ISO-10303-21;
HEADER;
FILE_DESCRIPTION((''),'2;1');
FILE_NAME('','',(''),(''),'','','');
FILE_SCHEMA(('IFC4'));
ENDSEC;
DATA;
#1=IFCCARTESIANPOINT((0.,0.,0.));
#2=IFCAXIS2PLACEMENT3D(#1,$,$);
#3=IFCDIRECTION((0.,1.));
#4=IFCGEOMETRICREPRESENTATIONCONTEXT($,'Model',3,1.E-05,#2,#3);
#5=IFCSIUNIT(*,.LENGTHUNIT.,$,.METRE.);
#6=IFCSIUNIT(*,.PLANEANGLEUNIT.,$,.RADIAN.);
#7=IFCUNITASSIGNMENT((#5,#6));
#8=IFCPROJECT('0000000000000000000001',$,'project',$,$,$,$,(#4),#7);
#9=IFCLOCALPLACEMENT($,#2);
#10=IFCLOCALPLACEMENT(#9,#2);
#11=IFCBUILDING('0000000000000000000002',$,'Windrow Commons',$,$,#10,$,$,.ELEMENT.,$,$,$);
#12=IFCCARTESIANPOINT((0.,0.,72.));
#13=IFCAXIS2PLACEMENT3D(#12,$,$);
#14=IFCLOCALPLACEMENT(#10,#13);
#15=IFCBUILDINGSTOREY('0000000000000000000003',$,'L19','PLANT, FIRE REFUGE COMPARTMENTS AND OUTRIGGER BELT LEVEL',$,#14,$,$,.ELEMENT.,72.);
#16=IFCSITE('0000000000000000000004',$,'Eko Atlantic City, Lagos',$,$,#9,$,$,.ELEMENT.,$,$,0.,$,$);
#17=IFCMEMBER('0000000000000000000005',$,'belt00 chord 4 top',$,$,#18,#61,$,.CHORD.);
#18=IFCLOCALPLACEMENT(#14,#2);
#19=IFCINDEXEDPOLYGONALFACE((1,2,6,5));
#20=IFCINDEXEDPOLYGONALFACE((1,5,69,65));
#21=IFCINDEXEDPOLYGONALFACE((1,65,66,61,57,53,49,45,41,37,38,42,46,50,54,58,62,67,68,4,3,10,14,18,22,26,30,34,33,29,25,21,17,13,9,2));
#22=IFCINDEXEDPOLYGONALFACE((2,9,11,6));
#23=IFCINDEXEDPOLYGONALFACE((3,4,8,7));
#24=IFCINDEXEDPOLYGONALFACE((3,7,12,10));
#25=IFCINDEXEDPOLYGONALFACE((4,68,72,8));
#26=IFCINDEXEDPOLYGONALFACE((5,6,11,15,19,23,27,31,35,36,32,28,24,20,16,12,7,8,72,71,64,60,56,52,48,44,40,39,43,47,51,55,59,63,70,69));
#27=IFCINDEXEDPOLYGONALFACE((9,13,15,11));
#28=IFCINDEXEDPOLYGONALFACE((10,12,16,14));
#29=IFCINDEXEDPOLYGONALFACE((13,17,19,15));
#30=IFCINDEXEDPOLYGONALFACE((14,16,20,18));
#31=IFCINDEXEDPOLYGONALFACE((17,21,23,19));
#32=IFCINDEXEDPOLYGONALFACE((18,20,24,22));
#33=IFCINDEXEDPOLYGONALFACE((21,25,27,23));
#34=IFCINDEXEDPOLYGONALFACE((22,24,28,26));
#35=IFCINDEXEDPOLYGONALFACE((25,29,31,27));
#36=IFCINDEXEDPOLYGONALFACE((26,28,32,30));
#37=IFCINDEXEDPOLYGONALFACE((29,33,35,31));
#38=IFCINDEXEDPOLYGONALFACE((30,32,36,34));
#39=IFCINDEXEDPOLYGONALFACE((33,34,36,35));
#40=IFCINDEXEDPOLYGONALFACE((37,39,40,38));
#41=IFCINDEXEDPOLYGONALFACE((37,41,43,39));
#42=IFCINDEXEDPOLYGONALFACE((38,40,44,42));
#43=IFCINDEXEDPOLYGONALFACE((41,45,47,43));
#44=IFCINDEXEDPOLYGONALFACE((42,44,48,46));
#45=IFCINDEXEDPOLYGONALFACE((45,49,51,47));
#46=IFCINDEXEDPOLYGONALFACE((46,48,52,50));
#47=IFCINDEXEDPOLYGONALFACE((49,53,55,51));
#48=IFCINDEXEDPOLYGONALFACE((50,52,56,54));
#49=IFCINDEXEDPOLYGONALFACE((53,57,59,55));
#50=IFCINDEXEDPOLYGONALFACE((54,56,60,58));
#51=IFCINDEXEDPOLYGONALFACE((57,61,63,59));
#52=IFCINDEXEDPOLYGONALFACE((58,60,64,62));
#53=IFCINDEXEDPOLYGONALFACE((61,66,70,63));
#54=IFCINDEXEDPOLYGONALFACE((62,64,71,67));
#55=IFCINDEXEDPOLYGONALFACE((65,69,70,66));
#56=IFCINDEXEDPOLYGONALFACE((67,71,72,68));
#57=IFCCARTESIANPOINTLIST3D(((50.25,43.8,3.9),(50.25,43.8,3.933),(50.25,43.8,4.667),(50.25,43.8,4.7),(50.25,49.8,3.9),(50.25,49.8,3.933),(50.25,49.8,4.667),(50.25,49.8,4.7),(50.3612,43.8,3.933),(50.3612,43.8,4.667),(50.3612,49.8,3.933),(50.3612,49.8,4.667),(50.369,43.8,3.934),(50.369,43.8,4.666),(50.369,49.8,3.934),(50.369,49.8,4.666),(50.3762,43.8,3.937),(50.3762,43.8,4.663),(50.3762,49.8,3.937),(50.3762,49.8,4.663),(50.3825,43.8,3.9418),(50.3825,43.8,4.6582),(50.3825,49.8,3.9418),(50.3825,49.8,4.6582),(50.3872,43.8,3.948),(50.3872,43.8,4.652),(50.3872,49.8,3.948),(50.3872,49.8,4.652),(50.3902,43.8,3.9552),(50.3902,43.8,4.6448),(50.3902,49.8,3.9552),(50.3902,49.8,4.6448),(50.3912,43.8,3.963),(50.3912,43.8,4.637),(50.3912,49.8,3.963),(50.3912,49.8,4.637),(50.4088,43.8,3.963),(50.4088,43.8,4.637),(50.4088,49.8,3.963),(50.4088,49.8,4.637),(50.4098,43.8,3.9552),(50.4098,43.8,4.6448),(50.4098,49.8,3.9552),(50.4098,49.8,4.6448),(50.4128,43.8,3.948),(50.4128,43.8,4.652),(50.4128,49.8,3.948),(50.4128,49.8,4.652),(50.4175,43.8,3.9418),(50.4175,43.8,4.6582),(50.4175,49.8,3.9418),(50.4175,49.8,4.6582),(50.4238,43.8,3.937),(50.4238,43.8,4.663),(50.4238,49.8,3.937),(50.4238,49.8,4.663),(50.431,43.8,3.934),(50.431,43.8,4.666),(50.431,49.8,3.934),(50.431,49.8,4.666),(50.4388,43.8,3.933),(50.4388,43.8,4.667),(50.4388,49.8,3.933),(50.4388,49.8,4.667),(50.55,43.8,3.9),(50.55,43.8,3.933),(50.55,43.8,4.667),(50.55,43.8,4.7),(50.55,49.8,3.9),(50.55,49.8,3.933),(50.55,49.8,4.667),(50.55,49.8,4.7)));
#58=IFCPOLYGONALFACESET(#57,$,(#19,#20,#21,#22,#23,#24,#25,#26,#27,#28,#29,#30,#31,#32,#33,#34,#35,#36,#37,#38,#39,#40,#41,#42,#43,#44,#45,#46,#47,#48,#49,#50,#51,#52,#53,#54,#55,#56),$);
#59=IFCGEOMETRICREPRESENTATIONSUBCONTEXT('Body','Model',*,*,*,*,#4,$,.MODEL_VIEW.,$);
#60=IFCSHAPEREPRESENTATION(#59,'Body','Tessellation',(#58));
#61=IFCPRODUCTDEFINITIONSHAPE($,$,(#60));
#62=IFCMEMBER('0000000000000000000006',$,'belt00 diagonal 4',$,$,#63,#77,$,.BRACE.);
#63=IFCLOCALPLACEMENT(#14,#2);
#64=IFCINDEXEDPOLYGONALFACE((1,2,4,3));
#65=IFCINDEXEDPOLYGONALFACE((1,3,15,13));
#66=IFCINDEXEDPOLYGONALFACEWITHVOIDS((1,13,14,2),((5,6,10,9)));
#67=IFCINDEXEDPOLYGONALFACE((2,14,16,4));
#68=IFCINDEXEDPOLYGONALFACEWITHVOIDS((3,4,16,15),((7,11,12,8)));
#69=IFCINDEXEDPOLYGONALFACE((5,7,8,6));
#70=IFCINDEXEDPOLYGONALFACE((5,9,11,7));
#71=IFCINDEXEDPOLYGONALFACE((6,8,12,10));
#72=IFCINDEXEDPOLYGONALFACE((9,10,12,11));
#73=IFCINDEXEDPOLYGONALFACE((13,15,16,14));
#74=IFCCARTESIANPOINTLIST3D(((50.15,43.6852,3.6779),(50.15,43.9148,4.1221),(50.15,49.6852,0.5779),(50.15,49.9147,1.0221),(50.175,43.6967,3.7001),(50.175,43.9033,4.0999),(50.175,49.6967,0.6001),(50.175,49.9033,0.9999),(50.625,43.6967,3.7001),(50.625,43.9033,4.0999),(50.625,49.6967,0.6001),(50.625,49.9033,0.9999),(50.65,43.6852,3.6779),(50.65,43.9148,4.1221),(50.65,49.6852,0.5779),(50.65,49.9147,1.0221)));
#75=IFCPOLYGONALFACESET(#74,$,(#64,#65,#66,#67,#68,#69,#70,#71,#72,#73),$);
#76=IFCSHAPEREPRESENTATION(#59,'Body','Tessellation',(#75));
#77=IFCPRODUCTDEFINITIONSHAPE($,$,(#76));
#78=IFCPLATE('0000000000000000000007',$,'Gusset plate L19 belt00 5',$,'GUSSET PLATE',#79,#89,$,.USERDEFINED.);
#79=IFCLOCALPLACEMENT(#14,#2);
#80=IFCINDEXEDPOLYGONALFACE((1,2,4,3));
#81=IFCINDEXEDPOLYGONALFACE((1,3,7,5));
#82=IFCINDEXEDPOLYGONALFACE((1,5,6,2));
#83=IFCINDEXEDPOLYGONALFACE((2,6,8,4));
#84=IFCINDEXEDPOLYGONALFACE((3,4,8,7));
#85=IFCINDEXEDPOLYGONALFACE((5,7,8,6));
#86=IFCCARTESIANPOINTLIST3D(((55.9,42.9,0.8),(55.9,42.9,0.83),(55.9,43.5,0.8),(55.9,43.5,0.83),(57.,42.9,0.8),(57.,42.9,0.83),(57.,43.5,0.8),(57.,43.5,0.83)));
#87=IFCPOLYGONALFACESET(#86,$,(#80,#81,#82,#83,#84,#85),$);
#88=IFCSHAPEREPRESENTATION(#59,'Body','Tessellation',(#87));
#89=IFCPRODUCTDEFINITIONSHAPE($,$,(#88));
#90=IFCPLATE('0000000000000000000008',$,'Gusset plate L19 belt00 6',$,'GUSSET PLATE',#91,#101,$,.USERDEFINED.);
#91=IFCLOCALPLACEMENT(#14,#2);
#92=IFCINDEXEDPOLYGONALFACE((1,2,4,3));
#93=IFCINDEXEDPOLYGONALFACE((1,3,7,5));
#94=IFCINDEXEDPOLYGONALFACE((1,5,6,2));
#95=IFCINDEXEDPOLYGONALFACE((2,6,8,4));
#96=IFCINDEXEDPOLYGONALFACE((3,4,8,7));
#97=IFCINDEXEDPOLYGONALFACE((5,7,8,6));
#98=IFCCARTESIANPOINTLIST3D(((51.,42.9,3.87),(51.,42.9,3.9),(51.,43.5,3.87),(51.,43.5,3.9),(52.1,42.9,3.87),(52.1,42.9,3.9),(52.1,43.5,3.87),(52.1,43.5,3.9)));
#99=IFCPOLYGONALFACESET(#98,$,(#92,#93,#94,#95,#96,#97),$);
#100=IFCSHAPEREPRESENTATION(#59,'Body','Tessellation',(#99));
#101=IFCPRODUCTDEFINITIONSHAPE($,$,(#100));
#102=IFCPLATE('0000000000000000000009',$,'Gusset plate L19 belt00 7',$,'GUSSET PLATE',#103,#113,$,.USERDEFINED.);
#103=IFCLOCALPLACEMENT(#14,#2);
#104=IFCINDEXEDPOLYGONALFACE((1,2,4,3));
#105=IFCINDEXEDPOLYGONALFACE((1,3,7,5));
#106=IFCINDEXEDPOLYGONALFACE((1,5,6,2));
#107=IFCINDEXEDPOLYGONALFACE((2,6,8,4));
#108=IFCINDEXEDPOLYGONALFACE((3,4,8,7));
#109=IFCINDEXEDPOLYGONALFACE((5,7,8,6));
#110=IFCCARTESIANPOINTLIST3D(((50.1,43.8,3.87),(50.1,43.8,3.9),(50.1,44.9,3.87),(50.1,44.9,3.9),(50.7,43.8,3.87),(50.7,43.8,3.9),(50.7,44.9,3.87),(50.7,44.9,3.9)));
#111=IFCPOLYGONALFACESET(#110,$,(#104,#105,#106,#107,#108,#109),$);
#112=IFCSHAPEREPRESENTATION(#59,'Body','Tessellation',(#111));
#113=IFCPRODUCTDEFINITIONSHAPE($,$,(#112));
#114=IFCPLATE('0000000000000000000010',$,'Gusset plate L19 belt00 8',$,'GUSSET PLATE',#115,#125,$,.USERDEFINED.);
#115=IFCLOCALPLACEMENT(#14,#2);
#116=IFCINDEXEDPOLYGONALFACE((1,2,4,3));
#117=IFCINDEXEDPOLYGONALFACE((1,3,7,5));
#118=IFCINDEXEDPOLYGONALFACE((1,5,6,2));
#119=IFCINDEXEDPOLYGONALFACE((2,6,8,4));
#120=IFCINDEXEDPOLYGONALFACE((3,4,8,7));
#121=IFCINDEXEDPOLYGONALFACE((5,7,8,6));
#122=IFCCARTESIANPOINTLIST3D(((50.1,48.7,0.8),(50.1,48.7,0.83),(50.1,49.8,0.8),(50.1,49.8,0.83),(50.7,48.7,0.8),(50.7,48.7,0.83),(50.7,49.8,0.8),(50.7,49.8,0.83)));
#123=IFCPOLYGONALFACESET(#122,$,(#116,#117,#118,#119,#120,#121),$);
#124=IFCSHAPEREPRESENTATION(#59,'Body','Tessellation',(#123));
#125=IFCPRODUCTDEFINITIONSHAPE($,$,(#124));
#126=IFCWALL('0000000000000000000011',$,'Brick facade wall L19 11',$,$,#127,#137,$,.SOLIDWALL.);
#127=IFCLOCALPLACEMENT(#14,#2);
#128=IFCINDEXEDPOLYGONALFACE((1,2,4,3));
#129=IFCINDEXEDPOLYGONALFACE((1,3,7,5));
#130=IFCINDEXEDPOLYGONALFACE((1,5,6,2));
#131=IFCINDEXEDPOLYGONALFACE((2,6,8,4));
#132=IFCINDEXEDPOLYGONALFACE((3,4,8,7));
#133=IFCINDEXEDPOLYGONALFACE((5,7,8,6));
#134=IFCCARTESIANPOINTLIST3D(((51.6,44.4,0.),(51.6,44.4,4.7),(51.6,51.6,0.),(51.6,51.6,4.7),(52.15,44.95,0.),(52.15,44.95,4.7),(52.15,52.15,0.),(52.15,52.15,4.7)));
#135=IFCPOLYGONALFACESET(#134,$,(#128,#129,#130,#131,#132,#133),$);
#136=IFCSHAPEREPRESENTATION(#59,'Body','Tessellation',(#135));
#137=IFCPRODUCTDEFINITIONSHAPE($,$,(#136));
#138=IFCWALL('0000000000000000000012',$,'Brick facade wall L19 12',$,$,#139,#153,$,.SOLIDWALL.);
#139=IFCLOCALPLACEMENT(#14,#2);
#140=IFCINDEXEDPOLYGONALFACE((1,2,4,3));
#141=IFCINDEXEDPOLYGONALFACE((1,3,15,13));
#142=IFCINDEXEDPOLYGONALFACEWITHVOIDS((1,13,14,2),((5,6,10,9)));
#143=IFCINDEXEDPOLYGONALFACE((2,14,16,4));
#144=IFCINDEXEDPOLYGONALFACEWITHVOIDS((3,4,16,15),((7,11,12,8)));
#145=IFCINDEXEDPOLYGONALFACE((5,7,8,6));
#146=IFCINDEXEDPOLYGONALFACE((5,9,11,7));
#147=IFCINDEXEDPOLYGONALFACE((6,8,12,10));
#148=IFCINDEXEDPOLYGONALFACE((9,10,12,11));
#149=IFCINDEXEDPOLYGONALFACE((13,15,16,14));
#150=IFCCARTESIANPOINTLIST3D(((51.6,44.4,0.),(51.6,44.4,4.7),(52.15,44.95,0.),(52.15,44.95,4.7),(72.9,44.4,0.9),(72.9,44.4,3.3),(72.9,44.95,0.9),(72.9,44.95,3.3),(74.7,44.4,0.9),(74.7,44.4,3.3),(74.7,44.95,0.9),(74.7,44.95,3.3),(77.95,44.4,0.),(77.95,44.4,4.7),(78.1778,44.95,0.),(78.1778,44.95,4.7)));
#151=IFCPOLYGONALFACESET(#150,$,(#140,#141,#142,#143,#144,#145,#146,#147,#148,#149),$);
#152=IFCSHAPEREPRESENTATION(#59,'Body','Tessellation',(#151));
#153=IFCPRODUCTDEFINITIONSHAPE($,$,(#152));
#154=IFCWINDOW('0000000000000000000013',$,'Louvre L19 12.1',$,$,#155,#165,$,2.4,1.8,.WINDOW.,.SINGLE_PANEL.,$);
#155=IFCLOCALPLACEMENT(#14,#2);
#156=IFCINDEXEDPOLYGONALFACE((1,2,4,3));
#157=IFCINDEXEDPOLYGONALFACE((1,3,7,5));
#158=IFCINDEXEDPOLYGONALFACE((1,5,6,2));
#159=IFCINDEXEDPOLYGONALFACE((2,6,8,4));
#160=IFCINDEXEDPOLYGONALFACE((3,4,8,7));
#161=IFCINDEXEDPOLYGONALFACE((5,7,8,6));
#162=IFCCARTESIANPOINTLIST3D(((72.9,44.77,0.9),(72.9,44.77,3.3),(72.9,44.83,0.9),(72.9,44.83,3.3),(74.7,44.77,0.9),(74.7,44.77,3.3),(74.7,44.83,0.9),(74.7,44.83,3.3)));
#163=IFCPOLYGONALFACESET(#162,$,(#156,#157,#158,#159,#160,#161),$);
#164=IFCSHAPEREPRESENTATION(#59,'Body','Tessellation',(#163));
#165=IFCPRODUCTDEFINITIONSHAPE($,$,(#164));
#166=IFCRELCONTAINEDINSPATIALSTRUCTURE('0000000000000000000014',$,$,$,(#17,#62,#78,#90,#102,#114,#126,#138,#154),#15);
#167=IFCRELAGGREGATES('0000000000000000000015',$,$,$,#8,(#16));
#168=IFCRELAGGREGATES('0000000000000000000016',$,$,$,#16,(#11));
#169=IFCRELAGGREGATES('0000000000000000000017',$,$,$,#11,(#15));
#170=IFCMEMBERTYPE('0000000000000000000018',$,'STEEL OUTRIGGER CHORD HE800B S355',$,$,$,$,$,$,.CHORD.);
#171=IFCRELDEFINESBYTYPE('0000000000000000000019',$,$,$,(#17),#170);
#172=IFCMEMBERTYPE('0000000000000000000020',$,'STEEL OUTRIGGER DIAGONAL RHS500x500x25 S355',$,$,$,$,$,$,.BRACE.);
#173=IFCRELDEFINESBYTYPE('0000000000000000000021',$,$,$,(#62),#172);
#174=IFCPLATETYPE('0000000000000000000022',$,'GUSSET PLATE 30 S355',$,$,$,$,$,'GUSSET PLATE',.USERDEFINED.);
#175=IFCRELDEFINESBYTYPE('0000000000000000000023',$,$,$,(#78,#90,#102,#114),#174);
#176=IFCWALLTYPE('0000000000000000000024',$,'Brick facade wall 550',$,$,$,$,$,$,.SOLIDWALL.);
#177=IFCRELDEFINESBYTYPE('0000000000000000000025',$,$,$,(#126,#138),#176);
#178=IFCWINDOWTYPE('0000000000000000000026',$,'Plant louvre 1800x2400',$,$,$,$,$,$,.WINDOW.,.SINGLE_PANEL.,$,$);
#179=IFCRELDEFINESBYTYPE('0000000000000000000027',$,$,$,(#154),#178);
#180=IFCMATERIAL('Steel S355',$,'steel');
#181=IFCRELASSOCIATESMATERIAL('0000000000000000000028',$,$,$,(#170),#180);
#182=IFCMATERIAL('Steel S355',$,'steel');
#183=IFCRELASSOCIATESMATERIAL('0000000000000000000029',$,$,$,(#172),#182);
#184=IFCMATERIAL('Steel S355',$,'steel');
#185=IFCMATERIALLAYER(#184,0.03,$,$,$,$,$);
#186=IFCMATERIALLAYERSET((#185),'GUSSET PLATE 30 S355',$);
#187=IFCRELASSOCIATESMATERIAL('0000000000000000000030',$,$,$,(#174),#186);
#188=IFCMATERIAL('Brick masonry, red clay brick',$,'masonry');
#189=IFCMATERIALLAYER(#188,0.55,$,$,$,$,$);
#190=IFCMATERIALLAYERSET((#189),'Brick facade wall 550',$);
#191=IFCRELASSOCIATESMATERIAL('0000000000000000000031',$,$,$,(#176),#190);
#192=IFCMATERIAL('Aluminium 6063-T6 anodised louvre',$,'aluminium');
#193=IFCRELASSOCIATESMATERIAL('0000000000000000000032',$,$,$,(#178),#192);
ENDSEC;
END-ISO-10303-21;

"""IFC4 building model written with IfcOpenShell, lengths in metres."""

from ifc_helpers import new_model, si_unit, direction, frame, frame_2d, origin, origin_2d, place, context, subcontext, project, spatial, polyline, rectangle, hollow_rectangle, i_section, outline, extrude, material, layer, layer_set, material_profile, profile_set, type_object, element, fill, save


model = new_model("IFC4")

# Units and contexts
model_context = context("Model", 3, precision=1e-05, world=origin(), true_north=direction((0.0, 1.0)))
body_context = subcontext(model_context, "Body", "Model", "MODEL_VIEW")
ifc_project = project(units=[si_unit("LENGTHUNIT", "METRE"), si_unit("PLANEANGLEUNIT", "RADIAN")], contexts=[model_context])

# Site, building, storey
site_placement = place(None, origin())
site = spatial("IfcSite", under=ifc_project, at=site_placement, Name="Eko Atlantic City, Lagos", CompositionType="ELEMENT", RefElevation=0.0)
building_placement = place(site_placement, origin())
building = spatial("IfcBuilding", under=site, at=building_placement, Name="Windrow Commons", CompositionType="ELEMENT")
storey_placement = place(building_placement, frame((0.0, 0.0, 72.0)))
storey = spatial("IfcBuildingStorey", under=building, at=storey_placement, Name="L19", Description="PLANT, FIRE REFUGE COMPARTMENTS AND OUTRIGGER BELT LEVEL", CompositionType="ELEMENT", Elevation=72.0)

# Members
ifc_material_1 = material(Name="Steel S355", Category="steel")
ifc_material_profile_1 = material_profile(ifc_material_1, i_section(OverallWidth=0.3, OverallDepth=0.8, WebThickness=0.0175, FlangeThickness=0.033, FilletRadius=0.03, at=origin_2d()))
ifc_profile_set_1 = profile_set([ifc_material_profile_1], Name="Steel S355")
member_type_1 = type_object("IfcMemberType", Name="STEEL OUTRIGGER CHORD HE800B S355", PredefinedType="CHORD", material=ifc_profile_set_1)
for number, where, z_axis, x_axis, name in (
    (1, (50.4, 43.8, 4.3), (0.0, 1.0, 0.0), (-1.0, 0.0, 0.0), "belt00 chord 4 top"),
):
    element("IfcMember", number, at=place(storey_placement, frame(where, z_axis=z_axis, x_axis=x_axis)), inside=storey, type_object=member_type_1, Name=name, PredefinedType="CHORD", context=body_context, shape_type="SweptSolid", body=[
        extrude(i_section(OverallWidth=0.3, OverallDepth=0.8, WebThickness=0.0175, FlangeThickness=0.033, FilletRadius=0.03, at=origin_2d()), origin(), (0.0, 0.0, 1.0), 6.0),
    ])
ifc_material_2 = material(Name="Steel S355", Category="steel")
ifc_material_profile_2 = material_profile(ifc_material_2, hollow_rectangle(XDim=0.5, YDim=0.5, WallThickness=0.025, at=origin_2d()))
ifc_profile_set_2 = profile_set([ifc_material_profile_2], Name="Steel S355")
member_type_2 = type_object("IfcMemberType", Name="STEEL OUTRIGGER DIAGONAL RHS500x500x25 S355", PredefinedType="BRACE", material=ifc_profile_set_2)
member_placement = place(storey_placement, frame((50.4, 43.8, 3.9), z_axis=(0.0, 0.888426, -0.45902), x_axis=(-1.0, 0.0, 0.0)))
element("IfcMember", 2, at=member_placement, inside=storey, type_object=member_type_2, Name="belt00 diagonal 4", PredefinedType="BRACE", context=body_context, shape_type="SweptSolid", body=[
    extrude(hollow_rectangle(XDim=0.5, YDim=0.5, WallThickness=0.025, at=origin_2d()), origin(), (0.0, 0.0, 1.0), 6.7535),
])

# Plates
ifc_material_3 = material(Name="Steel S355", Category="steel")
ifc_layer_1 = layer(ifc_material_3, 0.03)
ifc_layer_set_1 = layer_set([ifc_layer_1], Name="GUSSET PLATE 30 S355")
plate_type = type_object("IfcPlateType", Name="GUSSET PLATE 30 S355", ElementType="GUSSET PLATE", PredefinedType="USERDEFINED", material=ifc_layer_set_1)
for number, where, z_axis, x_axis, name in (
    (3, (56.45, 43.2, 0.8), (0.0, 0.0, 1.0), (-1.0, 0.0, 0.0), "Gusset plate L19 belt00 5"),
    (4, (51.55, 43.2, 3.87), (0.0, 0.0, 1.0), (-1.0, 0.0, 0.0), "Gusset plate L19 belt00 6"),
    (5, (50.4, 44.35, 3.87), (0.0, 0.0, 1.0), (0.0, 1.0, 0.0), "Gusset plate L19 belt00 7"),
    (6, (50.4, 49.25, 0.8), (0.0, 0.0, 1.0), (0.0, 1.0, 0.0), "Gusset plate L19 belt00 8"),
):
    element("IfcPlate", number, at=place(storey_placement, frame(where, z_axis=z_axis, x_axis=x_axis)), inside=storey, type_object=plate_type, Name=name, ObjectType="GUSSET PLATE", PredefinedType="USERDEFINED", context=body_context, shape_type="SweptSolid", body=[
        extrude(rectangle(XDim=1.1, YDim=0.6, at=origin_2d()), origin(), (0.0, 0.0, 1.0), 0.03),
    ])

# Wall
ifc_material_4 = material(Name="Brick masonry, red clay brick", Category="masonry")
ifc_layer_2 = layer(ifc_material_4, 0.55)
ifc_layer_set_2 = layer_set([ifc_layer_2], Name="Brick facade wall 550")
wall_type_1 = type_object("IfcWallType", Name="Brick facade wall 550", PredefinedType="SOLIDWALL", material=ifc_layer_set_2)
wall_1_placement = place(storey_placement, frame((51.875, 51.875, 0.0), z_axis=(0.0, 0.0, 1.0), x_axis=(0.0, -1.0, 0.0)))
element("IfcWall", 7, at=wall_1_placement, inside=storey, type_object=wall_type_1, Name="Brick facade wall L19 11", PredefinedType="SOLIDWALL", context=body_context, shape_type="SweptSolid", body=[
    extrude(outline(polyline([(0.275, -0.275), (7.475, -0.275), (6.925, 0.275), (-0.275, 0.275), (0.275, -0.275)])), origin(), (0.0, 0.0, 1.0), 4.7),
])

# Wall, opening, window
wall_2_placement = place(storey_placement, frame((51.875, 44.675, 0.0), z_axis=(0.0, 0.0, 1.0), x_axis=(1.0, 0.0, 0.0)))
wall_2 = element("IfcWall", 8, at=wall_2_placement, inside=storey, type_object=wall_type_1, Name="Brick facade wall L19 12", PredefinedType="SOLIDWALL", context=body_context, shape_type="SweptSolid", body=[
    extrude(outline(polyline([(-0.275, -0.275), (26.075, -0.275), (26.3028, 0.275), (0.275, 0.275), (-0.275, -0.275)])), origin(), (0.0, 0.0, 1.0), 4.7),
])
opening_1_placement = place(wall_2_placement, frame((21.025, 0.0, 0.9)))
opening_1 = element("IfcOpeningElement", 9, at=opening_1_placement, cuts=wall_2, PredefinedType="OPENING", context=body_context, shape_type="SweptSolid", body=[
    extrude(rectangle(XDim=1.8, YDim=2.4, at=frame_2d((0.9, 1.2))), frame((0.0, 0.285, 0.0), z_axis=(0.0, -1.0, 0.0), x_axis=(1.0, 0.0, 0.0)), (0.0, 0.0, 1.0), 0.57),
])
ifc_material_5 = material(Name="Aluminium 6063-T6 anodised louvre", Category="aluminium")
window_type = type_object("IfcWindowType", Name="Plant louvre 1800x2400", PartitioningType="SINGLE_PANEL", PredefinedType="WINDOW", material=ifc_material_5)
window_placement = place(opening_1_placement, origin())
window = element("IfcWindow", 10, at=window_placement, inside=storey, type_object=window_type, Name="Louvre L19 12.1", OverallHeight=2.4, OverallWidth=1.8, PartitioningType="SINGLE_PANEL", PredefinedType="WINDOW", context=body_context, shape_type="SweptSolid", body=[
    extrude(rectangle(XDim=1.8, YDim=2.4, at=frame_2d((0.9, 1.2))), frame((0.0, 0.155, 0.0), z_axis=(0.0, -1.0, 0.0), x_axis=(1.0, 0.0, 0.0)), (0.0, 0.0, 1.0), 0.06),
])
fill(opening_1, window)

save(model, "model.ifc")
